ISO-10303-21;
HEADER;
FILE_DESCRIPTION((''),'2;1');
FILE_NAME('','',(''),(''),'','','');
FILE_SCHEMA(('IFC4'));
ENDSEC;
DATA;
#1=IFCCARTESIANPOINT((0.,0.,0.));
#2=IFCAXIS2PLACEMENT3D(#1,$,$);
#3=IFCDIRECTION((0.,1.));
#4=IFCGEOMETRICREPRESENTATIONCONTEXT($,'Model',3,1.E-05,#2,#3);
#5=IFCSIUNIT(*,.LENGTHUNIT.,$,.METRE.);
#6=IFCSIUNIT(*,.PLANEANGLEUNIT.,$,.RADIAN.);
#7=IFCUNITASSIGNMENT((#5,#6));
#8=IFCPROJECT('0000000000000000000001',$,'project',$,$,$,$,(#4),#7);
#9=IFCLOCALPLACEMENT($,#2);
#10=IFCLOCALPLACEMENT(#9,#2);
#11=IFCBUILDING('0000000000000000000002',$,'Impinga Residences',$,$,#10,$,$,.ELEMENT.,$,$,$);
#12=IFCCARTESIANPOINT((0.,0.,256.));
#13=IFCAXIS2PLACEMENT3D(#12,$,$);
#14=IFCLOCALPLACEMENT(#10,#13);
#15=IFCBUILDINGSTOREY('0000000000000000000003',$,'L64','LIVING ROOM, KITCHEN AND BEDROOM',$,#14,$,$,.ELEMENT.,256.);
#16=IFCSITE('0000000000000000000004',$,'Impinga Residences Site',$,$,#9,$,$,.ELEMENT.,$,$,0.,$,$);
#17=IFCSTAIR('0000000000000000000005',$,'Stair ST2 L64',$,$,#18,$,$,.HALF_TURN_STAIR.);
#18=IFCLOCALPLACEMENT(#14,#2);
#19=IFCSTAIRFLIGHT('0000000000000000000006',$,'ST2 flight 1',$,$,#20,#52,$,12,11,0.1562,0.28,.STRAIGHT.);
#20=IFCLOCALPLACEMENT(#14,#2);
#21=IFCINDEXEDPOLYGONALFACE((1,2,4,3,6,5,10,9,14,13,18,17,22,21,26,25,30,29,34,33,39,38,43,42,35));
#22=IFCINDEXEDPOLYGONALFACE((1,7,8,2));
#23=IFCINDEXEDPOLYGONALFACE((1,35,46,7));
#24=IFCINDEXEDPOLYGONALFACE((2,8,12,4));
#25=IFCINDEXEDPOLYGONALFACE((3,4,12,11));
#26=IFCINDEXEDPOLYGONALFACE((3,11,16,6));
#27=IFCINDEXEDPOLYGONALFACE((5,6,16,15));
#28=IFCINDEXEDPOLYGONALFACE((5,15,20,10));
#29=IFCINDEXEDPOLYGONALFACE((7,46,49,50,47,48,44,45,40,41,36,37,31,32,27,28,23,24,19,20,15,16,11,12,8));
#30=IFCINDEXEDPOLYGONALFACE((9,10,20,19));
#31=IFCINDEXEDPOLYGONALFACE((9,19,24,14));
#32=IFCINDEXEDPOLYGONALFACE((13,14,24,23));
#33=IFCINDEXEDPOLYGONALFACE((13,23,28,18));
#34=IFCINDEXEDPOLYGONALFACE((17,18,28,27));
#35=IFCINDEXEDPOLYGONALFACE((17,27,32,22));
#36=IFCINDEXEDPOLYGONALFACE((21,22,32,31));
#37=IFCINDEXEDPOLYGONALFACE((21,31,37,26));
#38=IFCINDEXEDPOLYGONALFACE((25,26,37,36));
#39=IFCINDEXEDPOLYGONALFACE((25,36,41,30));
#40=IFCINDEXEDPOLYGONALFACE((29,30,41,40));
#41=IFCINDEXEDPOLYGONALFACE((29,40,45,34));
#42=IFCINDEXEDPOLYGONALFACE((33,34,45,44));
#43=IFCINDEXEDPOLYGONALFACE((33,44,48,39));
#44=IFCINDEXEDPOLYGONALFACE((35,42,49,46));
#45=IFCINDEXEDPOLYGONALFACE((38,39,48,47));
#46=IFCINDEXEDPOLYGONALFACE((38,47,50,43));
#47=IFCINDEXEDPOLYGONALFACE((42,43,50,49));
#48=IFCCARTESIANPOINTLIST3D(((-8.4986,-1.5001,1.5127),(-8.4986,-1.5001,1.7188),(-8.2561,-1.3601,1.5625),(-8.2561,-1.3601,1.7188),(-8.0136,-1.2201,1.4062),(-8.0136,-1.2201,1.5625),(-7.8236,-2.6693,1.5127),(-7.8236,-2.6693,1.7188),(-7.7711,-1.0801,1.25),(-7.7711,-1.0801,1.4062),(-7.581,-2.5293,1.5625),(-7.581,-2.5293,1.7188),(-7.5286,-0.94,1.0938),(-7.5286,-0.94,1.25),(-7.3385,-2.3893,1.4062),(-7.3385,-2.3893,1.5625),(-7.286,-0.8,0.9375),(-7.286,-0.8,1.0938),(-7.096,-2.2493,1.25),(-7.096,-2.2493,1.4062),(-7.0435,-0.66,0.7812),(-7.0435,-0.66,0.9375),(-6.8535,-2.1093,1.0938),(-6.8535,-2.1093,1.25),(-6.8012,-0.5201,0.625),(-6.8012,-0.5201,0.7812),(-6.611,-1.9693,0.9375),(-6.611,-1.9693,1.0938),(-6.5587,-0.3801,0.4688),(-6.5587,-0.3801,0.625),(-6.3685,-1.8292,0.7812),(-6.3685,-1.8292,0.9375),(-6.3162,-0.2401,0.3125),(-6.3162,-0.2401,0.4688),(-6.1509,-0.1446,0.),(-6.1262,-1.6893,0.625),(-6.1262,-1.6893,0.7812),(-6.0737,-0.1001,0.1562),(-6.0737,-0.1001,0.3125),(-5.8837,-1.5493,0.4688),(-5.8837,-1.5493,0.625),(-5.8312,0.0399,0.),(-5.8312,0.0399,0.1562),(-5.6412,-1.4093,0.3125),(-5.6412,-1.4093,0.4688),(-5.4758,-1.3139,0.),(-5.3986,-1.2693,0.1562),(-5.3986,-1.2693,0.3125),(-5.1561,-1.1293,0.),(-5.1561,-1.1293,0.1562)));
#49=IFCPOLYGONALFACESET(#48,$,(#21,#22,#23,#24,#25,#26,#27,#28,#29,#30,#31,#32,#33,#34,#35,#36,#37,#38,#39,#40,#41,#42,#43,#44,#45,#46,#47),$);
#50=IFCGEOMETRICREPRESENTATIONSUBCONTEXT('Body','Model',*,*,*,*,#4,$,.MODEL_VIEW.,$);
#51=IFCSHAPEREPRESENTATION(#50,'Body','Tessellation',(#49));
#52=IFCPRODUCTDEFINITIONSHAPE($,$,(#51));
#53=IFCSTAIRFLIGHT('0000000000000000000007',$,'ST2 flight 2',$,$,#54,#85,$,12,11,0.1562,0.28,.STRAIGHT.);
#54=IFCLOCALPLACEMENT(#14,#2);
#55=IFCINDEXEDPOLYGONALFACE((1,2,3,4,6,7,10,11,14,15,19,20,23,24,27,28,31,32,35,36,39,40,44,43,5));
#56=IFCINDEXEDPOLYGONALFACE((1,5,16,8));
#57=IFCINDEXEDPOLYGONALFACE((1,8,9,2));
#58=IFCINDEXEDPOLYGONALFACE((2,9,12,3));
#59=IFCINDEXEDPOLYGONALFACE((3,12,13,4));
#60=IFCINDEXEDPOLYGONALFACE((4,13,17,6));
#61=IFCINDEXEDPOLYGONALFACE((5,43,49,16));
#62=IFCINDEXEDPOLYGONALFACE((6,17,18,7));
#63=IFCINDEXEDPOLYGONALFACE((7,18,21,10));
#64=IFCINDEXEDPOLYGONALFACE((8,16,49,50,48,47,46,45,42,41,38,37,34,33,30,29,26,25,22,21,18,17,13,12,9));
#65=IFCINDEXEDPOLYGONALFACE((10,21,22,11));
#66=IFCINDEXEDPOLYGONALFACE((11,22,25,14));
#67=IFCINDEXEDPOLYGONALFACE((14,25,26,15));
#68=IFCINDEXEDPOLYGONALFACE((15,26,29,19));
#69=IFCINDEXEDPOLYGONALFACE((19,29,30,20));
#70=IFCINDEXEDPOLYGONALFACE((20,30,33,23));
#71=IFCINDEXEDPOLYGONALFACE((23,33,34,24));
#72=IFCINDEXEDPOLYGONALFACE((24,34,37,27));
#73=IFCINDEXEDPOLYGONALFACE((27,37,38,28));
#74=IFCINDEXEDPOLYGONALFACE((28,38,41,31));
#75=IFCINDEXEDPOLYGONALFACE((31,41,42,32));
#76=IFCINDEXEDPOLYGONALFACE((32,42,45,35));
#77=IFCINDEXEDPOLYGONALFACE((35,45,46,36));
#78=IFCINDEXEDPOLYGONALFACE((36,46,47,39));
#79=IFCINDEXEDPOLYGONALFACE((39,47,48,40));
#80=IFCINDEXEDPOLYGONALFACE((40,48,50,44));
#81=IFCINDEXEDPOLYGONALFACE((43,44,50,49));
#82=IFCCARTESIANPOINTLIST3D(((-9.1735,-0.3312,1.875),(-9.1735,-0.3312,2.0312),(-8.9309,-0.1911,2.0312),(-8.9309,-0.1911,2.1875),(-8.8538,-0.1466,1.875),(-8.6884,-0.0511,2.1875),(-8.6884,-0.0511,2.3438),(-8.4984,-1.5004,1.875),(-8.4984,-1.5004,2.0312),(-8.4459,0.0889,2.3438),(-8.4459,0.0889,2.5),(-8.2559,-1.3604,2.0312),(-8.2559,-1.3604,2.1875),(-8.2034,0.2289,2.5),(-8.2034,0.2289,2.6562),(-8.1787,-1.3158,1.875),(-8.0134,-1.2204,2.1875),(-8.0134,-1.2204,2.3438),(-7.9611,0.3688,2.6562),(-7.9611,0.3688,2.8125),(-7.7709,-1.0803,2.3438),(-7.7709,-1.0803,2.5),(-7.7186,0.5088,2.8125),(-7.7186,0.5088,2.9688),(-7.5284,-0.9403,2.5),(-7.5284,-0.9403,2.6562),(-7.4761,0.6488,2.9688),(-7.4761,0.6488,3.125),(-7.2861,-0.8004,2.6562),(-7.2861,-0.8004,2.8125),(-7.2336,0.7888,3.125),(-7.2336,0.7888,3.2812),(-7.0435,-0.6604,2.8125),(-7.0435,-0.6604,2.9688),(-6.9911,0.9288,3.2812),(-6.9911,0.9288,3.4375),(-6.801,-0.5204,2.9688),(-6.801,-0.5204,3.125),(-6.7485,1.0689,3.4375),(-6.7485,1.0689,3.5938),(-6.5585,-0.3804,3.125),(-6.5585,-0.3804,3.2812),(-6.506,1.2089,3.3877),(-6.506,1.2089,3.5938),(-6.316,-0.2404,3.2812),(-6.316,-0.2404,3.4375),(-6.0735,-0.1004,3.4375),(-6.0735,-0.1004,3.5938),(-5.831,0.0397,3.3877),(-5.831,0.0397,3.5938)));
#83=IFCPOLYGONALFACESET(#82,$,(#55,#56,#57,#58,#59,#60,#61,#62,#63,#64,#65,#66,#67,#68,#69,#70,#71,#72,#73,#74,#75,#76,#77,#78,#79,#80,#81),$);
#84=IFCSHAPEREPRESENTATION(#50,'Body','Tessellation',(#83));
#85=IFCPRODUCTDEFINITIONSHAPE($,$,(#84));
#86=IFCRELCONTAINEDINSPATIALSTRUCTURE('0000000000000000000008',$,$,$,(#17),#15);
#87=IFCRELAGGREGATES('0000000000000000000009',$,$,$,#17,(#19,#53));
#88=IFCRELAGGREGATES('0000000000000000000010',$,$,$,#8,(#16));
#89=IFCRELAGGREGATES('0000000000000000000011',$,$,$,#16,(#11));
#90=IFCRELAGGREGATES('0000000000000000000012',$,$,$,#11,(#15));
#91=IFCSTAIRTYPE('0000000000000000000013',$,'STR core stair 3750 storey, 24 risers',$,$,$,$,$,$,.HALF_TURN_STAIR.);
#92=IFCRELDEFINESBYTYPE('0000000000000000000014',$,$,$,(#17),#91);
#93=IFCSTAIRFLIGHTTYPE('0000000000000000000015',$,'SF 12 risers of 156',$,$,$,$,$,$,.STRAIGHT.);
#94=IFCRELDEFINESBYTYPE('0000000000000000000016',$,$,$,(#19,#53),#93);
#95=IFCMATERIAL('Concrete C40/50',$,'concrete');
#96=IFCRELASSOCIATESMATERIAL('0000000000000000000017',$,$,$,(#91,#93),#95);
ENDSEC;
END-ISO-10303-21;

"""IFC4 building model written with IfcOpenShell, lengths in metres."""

from ifc_helpers import new_model, si_unit, direction, frame, origin, place, context, subcontext, project, spatial, polyline, outline, extrude, material, type_object, element, aggregate, save


model = new_model("IFC4")

# Units and contexts
model_context = context("Model", 3, precision=1e-05, world=origin(), true_north=direction((0.0, 1.0)))
body_context = subcontext(model_context, "Body", "Model", "MODEL_VIEW")
ifc_project = project(units=[si_unit("LENGTHUNIT", "METRE"), si_unit("PLANEANGLEUNIT", "RADIAN")], contexts=[model_context])

# Site, building, storey
site_placement = place(None, origin())
site = spatial("IfcSite", under=ifc_project, at=site_placement, Name="Impinga Residences Site", CompositionType="ELEMENT", RefElevation=0.0)
building_placement = place(site_placement, origin())
building = spatial("IfcBuilding", under=site, at=building_placement, Name="Impinga Residences", CompositionType="ELEMENT")
storey_placement = place(building_placement, frame((0.0, 0.0, 256.0)))
storey = spatial("IfcBuildingStorey", under=building, at=storey_placement, Name="L64", Description="LIVING ROOM, KITCHEN AND BEDROOM", CompositionType="ELEMENT", Elevation=256.0)

# Stair, stair flights
ifc_material_1 = material(Name="Concrete C40/50", Category="concrete")
stair_type = type_object("IfcStairType", Name="STR core stair 3750 storey, 24 risers", PredefinedType="HALF_TURN_STAIR", material=ifc_material_1)
stair_placement = place(storey_placement, origin())
stair = element("IfcStair", 1, at=stair_placement, inside=storey, type_object=stair_type, Name="Stair ST2 L64", PredefinedType="HALF_TURN_STAIR")
stair_flight_type = type_object("IfcStairFlightType", Name="SF 12 risers of 156", PredefinedType="STRAIGHT", material=ifc_material_1)
stair_flight_1_placement = place(storey_placement, frame((-5.4937, -0.5447, 0.0), z_axis=(0.0, 0.0, 1.0), x_axis=(-0.866025, -0.5, 0.0)))
stair_flight_1 = element("IfcStairFlight", 2, at=stair_flight_1_placement, type_object=stair_flight_type, Name="ST2 flight 1", NumberOfRisers=12, NumberOfTreads=11, PredefinedType="STRAIGHT", RiserHeight=0.1562, TreadLength=0.28, context=body_context, shape_type="SweptSolid", body=[
    extrude(outline(polyline([(0.0, 0.0), (0.0, 0.1562), (0.28, 0.1562), (0.28, 0.3125), (0.5601, 0.3125), (0.5601, 0.4688), (0.8401, 0.4688), (0.8401, 0.625), (1.1201, 0.625), (1.1201, 0.7812), (1.3999, 0.7812), (1.3999, 0.9375), (1.6799, 0.9375), (1.6799, 1.0938), (1.96, 1.0938), (1.96, 1.25), (2.24, 1.25), (2.24, 1.4062), (2.52, 1.4062), (2.52, 1.5625), (2.8, 1.5625), (2.8, 1.7188), (3.0801, 1.7188), (3.0801, 1.875), (3.0801, 1.5127), (0.3691, 0.0), (0.0, 0.0)])), frame((0.0, 0.675, 0.0), z_axis=(0.0, -1.0, 0.0), x_axis=(1.0, 0.0, 0.0)), (0.0, 0.0, 1.0), 1.3501),
])
stair_flight_2_placement = place(storey_placement, frame((-8.8359, -0.9158, 1.875), z_axis=(0.0, 0.0, 1.0), x_axis=(0.866025, 0.5, 0.0)))
stair_flight_2 = element("IfcStairFlight", 3, at=stair_flight_2_placement, type_object=stair_flight_type, Name="ST2 flight 2", NumberOfRisers=12, NumberOfTreads=11, PredefinedType="STRAIGHT", RiserHeight=0.1562, TreadLength=0.28, context=body_context, shape_type="SweptSolid", body=[
    extrude(outline(polyline([(0.0, 0.0), (0.0, 0.1562), (0.28, 0.1562), (0.28, 0.3125), (0.5601, 0.3125), (0.5601, 0.4688), (0.8401, 0.4688), (0.8401, 0.625), (1.1201, 0.625), (1.1201, 0.7812), (1.3999, 0.7812), (1.3999, 0.9375), (1.6799, 0.9375), (1.6799, 1.0938), (1.96, 1.0938), (1.96, 1.25), (2.24, 1.25), (2.24, 1.4062), (2.52, 1.4062), (2.52, 1.5625), (2.8, 1.5625), (2.8, 1.7188), (3.0801, 1.7188), (3.0801, 1.875), (3.0801, 1.5127), (0.3691, 0.0), (0.0, 0.0)])), frame((0.0, 0.675, 0.0), z_axis=(0.0, -1.0, 0.0), x_axis=(1.0, 0.0, 0.0)), (0.0, 0.0, 1.0), 1.3501),
])
aggregate(stair, [stair_flight_1, stair_flight_2])

save(model, "model.ifc")
